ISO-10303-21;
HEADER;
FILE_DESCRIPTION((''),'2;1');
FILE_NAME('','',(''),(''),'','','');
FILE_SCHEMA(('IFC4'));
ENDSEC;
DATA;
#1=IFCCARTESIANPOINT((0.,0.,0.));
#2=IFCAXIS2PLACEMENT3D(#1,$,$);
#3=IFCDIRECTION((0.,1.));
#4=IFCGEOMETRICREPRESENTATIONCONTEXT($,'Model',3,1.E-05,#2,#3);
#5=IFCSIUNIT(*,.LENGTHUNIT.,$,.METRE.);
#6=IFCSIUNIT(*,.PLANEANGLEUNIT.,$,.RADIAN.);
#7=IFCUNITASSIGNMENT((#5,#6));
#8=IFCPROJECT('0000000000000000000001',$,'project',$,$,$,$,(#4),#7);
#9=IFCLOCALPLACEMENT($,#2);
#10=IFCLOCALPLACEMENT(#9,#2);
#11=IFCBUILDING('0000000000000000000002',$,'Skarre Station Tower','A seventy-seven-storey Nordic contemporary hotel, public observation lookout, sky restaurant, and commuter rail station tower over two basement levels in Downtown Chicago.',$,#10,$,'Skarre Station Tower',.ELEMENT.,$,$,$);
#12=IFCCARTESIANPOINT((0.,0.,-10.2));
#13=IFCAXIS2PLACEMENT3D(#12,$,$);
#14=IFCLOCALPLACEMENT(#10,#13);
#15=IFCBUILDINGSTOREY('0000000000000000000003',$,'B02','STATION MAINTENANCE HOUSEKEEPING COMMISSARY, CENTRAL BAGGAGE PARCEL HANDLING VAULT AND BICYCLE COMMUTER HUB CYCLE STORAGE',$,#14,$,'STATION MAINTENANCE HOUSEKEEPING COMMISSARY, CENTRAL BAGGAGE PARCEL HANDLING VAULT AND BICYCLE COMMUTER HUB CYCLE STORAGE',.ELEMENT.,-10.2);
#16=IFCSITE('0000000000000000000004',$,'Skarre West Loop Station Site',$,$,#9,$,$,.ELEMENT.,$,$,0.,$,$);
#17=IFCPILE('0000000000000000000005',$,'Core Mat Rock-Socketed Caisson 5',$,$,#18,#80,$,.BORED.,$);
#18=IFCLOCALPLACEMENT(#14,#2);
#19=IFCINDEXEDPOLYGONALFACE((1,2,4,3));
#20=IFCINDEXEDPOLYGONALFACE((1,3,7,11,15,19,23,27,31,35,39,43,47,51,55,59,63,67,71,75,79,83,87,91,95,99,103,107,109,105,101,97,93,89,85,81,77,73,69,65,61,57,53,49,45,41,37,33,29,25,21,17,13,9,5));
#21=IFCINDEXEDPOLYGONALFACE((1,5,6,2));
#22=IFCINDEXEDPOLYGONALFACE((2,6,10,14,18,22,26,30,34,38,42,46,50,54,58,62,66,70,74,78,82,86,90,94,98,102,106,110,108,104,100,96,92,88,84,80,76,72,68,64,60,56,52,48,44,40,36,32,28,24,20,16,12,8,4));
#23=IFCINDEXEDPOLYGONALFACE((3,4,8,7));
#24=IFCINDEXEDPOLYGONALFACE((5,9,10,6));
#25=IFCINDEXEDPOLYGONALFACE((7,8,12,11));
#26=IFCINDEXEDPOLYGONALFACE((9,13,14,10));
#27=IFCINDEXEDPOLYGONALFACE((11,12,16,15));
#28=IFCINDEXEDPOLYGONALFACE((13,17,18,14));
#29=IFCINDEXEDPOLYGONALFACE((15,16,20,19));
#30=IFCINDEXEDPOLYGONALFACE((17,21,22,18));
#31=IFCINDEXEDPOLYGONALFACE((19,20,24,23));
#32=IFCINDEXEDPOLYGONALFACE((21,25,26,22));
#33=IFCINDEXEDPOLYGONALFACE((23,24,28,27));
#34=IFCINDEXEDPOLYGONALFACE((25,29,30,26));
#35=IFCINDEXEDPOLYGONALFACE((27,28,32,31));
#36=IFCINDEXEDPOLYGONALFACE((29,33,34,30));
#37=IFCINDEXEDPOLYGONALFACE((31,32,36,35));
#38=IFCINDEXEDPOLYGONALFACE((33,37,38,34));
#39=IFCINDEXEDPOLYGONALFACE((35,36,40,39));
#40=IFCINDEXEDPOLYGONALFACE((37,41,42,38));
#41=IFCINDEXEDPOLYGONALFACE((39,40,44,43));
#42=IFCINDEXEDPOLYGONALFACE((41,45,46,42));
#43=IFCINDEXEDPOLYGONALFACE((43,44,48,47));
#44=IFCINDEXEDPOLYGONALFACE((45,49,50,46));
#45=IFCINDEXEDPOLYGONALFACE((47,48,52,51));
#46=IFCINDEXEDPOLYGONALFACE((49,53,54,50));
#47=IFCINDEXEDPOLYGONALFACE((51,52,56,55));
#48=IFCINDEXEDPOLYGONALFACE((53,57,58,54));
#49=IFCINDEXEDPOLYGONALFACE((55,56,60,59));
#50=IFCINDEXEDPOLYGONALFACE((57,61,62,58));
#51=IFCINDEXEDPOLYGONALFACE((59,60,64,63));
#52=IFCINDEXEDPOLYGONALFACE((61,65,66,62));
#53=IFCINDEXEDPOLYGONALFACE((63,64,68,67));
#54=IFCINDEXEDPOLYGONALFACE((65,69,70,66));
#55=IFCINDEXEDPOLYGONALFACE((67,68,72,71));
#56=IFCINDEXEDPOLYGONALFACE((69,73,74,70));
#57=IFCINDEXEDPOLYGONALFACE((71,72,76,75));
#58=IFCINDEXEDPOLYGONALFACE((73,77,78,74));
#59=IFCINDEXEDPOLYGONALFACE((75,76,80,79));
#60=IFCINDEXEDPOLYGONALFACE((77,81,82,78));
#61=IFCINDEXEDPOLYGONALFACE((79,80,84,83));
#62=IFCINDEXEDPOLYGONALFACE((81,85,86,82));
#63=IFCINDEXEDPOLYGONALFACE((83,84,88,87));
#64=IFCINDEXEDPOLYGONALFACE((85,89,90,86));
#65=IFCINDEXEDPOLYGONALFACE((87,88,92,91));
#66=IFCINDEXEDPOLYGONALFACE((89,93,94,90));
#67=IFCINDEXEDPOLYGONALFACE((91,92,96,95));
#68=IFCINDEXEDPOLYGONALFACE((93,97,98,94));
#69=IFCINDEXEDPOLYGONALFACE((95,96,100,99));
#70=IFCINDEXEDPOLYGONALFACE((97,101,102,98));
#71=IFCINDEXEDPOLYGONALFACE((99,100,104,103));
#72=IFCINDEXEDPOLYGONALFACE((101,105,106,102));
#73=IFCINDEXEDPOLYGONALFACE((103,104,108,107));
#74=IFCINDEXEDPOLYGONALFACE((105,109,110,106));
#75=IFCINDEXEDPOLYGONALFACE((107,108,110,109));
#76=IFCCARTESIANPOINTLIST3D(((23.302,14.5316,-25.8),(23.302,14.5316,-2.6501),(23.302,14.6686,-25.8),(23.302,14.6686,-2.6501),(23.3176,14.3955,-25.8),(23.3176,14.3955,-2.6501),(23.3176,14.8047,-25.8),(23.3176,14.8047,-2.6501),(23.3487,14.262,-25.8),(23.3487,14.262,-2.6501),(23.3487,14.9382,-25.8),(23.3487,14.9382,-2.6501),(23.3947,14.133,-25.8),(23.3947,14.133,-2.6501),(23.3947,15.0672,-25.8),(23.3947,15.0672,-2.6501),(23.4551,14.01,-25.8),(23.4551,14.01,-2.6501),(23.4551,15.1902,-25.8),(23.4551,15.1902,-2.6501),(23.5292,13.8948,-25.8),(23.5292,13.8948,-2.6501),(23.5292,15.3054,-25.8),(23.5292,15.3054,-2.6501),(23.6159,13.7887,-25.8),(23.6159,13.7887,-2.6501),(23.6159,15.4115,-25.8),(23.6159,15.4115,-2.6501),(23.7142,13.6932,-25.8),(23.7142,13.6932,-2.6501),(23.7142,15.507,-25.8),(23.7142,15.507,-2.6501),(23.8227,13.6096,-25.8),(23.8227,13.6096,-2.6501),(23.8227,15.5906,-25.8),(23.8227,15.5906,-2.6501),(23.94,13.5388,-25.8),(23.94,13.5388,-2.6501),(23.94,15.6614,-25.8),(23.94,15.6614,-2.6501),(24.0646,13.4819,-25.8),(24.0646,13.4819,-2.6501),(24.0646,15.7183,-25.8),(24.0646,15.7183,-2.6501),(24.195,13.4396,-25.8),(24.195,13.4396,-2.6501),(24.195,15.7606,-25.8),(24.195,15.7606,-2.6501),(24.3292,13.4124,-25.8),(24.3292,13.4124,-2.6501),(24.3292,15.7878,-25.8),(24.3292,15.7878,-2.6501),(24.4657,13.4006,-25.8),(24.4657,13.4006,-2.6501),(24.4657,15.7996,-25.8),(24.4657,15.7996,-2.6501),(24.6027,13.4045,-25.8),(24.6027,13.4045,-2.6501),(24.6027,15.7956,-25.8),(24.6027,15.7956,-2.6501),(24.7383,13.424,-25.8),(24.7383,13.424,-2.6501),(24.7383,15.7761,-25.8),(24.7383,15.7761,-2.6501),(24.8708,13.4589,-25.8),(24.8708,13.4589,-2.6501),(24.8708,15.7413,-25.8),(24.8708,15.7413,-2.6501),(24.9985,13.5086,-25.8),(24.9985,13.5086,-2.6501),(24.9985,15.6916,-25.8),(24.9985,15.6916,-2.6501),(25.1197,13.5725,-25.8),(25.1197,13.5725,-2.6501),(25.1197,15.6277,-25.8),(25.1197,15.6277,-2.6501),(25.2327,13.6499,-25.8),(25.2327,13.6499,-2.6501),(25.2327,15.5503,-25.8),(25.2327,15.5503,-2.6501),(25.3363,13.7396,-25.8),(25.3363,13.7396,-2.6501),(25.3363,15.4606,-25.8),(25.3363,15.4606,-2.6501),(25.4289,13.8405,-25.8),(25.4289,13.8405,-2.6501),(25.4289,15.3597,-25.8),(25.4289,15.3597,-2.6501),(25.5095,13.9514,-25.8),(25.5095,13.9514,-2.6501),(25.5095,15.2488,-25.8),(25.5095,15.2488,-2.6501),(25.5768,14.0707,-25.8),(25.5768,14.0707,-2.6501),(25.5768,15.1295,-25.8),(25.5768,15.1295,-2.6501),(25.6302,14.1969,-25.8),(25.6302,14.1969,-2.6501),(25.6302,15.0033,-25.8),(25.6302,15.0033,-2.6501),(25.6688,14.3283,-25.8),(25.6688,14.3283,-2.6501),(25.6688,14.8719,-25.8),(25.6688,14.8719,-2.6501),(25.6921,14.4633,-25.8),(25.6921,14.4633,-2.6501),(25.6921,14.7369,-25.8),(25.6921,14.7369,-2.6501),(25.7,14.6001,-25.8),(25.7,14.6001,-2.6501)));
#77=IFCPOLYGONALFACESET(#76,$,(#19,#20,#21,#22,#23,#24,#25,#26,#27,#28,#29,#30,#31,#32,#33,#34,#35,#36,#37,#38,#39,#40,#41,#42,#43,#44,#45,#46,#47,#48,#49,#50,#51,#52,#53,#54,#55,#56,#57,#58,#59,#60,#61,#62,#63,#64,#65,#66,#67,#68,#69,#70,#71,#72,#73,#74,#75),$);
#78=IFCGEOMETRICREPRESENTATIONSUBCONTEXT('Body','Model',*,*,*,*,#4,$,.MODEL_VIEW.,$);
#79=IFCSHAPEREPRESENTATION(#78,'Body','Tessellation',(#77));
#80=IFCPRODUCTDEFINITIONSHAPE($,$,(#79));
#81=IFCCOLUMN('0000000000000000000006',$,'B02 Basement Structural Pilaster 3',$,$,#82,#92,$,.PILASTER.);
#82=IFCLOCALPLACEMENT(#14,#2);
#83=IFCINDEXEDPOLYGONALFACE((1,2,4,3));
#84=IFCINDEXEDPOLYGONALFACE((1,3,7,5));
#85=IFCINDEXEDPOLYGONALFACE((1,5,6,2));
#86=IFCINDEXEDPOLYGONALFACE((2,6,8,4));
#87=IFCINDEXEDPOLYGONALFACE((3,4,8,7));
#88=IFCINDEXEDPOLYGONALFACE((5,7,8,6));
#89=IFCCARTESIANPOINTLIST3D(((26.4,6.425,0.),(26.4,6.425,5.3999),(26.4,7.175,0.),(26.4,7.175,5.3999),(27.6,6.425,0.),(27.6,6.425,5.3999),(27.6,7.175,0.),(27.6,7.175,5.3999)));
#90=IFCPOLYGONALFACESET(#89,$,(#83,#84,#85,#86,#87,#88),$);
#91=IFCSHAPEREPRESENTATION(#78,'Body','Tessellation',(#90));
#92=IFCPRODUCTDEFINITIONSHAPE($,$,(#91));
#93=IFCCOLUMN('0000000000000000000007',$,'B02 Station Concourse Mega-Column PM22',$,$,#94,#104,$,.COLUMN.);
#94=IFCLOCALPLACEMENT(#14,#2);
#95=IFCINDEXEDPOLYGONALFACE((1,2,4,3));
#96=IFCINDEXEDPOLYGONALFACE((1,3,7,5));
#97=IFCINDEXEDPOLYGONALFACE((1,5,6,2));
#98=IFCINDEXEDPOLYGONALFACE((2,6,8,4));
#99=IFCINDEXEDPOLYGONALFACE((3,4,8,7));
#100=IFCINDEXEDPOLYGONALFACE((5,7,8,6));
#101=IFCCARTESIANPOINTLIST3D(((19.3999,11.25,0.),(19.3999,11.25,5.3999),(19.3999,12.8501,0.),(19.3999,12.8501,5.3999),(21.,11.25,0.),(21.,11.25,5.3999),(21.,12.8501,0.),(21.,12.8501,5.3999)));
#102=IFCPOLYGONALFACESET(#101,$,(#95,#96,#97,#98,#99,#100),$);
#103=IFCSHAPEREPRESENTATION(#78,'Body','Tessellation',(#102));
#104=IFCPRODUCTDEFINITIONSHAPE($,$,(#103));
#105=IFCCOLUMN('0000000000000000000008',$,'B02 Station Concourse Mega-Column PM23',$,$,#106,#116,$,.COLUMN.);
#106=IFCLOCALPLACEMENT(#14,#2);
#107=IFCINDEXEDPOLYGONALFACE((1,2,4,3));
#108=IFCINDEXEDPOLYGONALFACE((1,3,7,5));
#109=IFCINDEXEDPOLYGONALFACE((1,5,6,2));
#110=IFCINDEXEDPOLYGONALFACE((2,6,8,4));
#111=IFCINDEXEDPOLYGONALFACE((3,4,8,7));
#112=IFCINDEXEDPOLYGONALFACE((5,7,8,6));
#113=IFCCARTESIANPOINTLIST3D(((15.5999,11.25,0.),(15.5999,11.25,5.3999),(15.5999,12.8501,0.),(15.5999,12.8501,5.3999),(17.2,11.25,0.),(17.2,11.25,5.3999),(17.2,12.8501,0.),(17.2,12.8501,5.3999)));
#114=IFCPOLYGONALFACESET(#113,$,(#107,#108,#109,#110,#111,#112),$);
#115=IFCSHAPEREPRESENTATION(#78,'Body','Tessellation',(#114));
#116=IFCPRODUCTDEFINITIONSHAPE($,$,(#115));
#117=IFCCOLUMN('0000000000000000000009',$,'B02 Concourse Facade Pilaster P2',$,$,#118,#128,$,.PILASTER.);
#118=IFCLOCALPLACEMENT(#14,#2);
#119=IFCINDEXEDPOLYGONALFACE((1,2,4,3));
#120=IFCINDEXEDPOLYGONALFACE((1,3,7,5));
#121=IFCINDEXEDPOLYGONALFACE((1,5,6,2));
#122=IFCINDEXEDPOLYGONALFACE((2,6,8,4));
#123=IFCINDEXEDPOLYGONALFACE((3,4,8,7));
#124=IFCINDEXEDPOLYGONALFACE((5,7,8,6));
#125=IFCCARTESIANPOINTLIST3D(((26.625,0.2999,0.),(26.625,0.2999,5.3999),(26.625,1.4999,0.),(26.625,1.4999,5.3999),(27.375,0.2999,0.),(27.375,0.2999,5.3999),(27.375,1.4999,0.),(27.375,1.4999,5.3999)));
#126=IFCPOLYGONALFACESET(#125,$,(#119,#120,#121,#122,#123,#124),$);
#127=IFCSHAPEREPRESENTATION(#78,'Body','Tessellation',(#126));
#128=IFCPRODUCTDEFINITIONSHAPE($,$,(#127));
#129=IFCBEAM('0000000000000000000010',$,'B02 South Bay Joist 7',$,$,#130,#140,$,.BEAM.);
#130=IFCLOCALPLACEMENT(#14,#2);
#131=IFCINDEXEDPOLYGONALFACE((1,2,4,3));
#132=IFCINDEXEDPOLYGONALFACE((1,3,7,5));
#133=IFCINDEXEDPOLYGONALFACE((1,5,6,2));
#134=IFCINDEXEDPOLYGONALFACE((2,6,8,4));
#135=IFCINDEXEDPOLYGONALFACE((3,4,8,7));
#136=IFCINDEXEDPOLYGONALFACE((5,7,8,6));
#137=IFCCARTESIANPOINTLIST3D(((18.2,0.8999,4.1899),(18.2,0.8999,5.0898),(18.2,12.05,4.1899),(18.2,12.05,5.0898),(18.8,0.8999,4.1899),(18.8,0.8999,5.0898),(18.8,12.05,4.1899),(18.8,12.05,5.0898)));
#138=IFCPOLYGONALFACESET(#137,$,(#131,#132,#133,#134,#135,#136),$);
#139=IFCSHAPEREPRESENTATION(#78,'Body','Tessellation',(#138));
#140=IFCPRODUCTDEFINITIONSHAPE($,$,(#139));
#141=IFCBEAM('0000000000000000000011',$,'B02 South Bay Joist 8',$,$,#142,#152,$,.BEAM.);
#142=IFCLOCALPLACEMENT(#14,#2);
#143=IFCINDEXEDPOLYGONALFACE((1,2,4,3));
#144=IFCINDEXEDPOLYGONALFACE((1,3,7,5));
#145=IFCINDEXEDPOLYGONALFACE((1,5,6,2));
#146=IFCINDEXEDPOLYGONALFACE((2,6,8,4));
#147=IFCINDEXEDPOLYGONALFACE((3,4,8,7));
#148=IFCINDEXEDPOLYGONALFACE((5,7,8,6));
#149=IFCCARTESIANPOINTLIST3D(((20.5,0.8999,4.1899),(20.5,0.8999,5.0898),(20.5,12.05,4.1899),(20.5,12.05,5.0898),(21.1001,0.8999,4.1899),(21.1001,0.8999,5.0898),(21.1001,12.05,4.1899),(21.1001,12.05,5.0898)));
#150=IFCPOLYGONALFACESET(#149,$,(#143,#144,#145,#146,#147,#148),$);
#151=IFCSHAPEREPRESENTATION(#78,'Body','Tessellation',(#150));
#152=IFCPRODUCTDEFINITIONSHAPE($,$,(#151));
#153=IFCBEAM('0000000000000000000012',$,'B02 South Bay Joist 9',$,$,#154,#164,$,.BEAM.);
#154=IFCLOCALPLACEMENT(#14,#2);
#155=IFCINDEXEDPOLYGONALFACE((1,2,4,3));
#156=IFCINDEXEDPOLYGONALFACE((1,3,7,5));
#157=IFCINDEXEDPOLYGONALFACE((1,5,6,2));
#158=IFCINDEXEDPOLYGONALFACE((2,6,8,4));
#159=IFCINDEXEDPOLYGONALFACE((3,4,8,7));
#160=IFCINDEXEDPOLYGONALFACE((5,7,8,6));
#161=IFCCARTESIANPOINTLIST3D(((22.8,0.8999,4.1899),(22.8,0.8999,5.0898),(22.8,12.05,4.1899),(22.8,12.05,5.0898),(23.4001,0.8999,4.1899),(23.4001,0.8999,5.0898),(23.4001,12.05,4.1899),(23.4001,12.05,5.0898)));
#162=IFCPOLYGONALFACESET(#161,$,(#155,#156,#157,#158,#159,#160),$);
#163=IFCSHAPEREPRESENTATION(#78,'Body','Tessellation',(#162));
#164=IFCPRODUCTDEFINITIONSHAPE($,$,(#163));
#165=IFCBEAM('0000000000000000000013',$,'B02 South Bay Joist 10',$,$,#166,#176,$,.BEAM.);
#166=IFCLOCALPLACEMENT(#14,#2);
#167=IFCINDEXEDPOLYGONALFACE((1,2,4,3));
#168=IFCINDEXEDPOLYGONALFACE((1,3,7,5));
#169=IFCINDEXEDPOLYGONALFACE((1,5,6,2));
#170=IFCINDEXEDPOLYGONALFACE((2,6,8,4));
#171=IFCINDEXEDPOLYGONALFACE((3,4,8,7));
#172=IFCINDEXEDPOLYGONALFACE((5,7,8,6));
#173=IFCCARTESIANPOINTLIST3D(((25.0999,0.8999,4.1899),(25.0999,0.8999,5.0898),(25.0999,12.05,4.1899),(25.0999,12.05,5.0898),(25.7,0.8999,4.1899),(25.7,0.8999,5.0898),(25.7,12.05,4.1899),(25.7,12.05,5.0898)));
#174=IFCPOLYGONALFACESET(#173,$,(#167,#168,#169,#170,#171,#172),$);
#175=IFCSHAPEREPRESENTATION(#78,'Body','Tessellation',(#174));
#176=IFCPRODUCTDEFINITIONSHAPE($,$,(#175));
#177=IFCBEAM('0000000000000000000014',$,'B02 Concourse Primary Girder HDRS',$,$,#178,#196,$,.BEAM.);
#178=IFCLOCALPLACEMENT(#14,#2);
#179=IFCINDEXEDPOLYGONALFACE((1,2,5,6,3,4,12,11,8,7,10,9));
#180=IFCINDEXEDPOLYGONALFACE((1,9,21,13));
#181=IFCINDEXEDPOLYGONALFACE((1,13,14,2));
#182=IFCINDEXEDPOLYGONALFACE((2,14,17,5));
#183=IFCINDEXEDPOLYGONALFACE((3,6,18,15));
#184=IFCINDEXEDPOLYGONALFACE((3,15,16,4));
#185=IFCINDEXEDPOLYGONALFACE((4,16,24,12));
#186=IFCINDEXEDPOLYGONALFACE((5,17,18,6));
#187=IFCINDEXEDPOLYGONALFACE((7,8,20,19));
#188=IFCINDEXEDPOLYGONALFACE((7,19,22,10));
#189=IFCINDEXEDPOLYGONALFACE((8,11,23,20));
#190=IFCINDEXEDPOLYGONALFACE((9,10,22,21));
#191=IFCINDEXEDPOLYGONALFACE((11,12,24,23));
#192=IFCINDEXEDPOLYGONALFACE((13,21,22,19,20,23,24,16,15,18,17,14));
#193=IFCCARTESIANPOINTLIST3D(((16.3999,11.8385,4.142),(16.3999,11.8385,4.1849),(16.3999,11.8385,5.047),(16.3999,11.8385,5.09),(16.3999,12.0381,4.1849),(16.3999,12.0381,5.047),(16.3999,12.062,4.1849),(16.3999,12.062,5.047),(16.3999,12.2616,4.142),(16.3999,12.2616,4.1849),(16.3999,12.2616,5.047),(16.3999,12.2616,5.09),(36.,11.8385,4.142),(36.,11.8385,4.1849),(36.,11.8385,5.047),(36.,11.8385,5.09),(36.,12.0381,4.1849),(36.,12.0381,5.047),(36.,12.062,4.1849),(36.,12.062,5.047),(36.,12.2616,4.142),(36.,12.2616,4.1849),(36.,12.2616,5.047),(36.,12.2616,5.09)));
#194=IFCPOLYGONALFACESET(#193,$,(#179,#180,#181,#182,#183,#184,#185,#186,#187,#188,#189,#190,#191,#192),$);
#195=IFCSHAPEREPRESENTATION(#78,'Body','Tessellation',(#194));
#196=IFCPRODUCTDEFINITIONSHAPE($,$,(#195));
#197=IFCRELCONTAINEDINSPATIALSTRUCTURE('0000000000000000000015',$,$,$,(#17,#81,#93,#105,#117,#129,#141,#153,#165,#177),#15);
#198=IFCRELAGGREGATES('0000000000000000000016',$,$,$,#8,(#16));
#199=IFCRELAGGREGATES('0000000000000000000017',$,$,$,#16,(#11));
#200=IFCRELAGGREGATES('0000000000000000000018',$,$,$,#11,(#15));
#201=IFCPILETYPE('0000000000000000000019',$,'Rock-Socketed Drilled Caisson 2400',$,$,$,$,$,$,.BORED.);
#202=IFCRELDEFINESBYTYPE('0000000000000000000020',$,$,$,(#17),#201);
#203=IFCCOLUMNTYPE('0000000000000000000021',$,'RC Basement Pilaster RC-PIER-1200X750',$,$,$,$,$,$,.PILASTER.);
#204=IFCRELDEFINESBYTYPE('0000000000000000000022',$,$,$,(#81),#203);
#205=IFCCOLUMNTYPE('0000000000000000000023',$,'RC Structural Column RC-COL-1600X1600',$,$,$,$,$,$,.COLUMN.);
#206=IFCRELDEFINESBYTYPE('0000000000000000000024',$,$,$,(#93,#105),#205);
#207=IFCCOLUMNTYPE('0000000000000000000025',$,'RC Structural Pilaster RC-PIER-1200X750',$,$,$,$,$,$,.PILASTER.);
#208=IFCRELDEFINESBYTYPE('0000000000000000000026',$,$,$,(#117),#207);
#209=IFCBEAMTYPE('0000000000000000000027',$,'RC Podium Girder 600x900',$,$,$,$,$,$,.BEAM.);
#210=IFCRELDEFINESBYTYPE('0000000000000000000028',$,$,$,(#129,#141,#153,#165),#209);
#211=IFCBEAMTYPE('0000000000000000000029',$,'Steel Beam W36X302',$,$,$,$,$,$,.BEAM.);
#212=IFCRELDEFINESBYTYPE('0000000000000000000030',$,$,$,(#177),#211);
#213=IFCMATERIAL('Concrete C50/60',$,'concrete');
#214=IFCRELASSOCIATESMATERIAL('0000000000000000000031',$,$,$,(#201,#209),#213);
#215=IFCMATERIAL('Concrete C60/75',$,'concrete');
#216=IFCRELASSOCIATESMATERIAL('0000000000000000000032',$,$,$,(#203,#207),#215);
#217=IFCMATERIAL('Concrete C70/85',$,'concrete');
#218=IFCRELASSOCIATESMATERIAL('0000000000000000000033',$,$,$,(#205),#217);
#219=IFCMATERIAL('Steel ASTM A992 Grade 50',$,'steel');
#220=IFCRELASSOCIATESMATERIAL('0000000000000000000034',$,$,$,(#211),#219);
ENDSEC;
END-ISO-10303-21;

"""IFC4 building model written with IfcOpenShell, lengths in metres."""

from ifc_helpers import new_model, si_unit, direction, frame, origin, origin_2d, place, context, subcontext, project, spatial, rectangle, circle, i_section, extrude, material, material_profile, profile_set, type_object, element, save


model = new_model("IFC4")

# Units and contexts
model_context = context("Model", 3, precision=1e-05, world=origin(), true_north=direction((0.0, 1.0)))
body_context = subcontext(model_context, "Body", "Model", "MODEL_VIEW")
ifc_project = project(units=[si_unit("LENGTHUNIT", "METRE"), si_unit("PLANEANGLEUNIT", "RADIAN")], contexts=[model_context])

# Site, building, storey
site_placement = place(None, origin())
site = spatial("IfcSite", under=ifc_project, at=site_placement, Name="Skarre West Loop Station Site", CompositionType="ELEMENT", RefElevation=0.0)
building_placement = place(site_placement, origin())
building = spatial("IfcBuilding", under=site, at=building_placement, Name="Skarre Station Tower", Description="A seventy-seven-storey Nordic contemporary hotel, public observation lookout, sky restaurant, and commuter rail station tower over two basement levels in Downtown Chicago.", LongName="Skarre Station Tower", CompositionType="ELEMENT")
storey_placement = place(building_placement, frame((0.0, 0.0, -10.2)))
storey = spatial("IfcBuildingStorey", under=building, at=storey_placement, Name="B02", Description="STATION MAINTENANCE HOUSEKEEPING COMMISSARY, CENTRAL BAGGAGE PARCEL HANDLING VAULT AND BICYCLE COMMUTER HUB CYCLE STORAGE", LongName="STATION MAINTENANCE HOUSEKEEPING COMMISSARY, CENTRAL BAGGAGE PARCEL HANDLING VAULT AND BICYCLE COMMUTER HUB CYCLE STORAGE", CompositionType="ELEMENT", Elevation=-10.2)

# Shared definitions
ifc_material_1 = material(Name="Concrete C50/60", Category="concrete")

# Pile
ifc_material_profile_1 = material_profile(ifc_material_1, circle(Radius=1.2, at=origin_2d()), Name="Concrete C50/60")
ifc_profile_set_1 = profile_set([ifc_material_profile_1], Name="Concrete C50/60")
pile_type_1 = type_object("IfcPileType", Name="Rock-Socketed Drilled Caisson 2400", PredefinedType="BORED", material=ifc_profile_set_1)
for number, where, z_axis, x_axis, name in (
    (1, (24.5, 14.6001, -2.6501), (0.0, 0.0, -1.0), (1.0, 0.0, 0.0), "Core Mat Rock-Socketed Caisson 5"),
):
    element("IfcPile", number, at=place(storey_placement, frame(where, z_axis=z_axis, x_axis=x_axis)), inside=storey, type_object=pile_type_1, Name=name, PredefinedType="BORED", context=body_context, shape_type="SweptSolid", body=[
        extrude(circle(Radius=1.2, at=origin_2d()), origin(), (0.0, 0.0, 1.0), 23.1499),
    ])

# Columns
ifc_material_2 = material(Name="Concrete C60/75", Category="concrete")
ifc_material_profile_2 = material_profile(ifc_material_2, rectangle(XDim=0.75, YDim=1.2, at=origin_2d()), Name="Concrete C60/75")
ifc_profile_set_2 = profile_set([ifc_material_profile_2], Name="Concrete C60/75")
column_type_1 = type_object("IfcColumnType", Name="RC Basement Pilaster RC-PIER-1200X750", PredefinedType="PILASTER", material=ifc_profile_set_2)
column_1_placement = place(storey_placement, frame((27.0, 6.8, 0.0), z_axis=(0.0, 0.0, 1.0), x_axis=(0.0, 1.0, 0.0)))
element("IfcColumn", 2, at=column_1_placement, inside=storey, type_object=column_type_1, Name="B02 Basement Structural Pilaster 3", PredefinedType="PILASTER", context=body_context, shape_type="SweptSolid", body=[
    extrude(rectangle(XDim=0.75, YDim=1.2, at=origin_2d()), origin(), (0.0, 0.0, 1.0), 5.3999),
])
ifc_material_3 = material(Name="Concrete C70/85", Category="concrete")
ifc_material_profile_3 = material_profile(ifc_material_3, rectangle(XDim=1.6001, YDim=1.6001, at=origin_2d()), Name="Concrete C70/85")
ifc_profile_set_3 = profile_set([ifc_material_profile_3], Name="Concrete C70/85")
column_type_2 = type_object("IfcColumnType", Name="RC Structural Column RC-COL-1600X1600", PredefinedType="COLUMN", material=ifc_profile_set_3)
for number, where, z_axis, x_axis, name in (
    (3, (20.2, 12.05, 0.0), (0.0, 0.0, 1.0), (1.0, 0.0, 0.0), "B02 Station Concourse Mega-Column PM22"),
    (4, (16.3999, 12.05, 0.0), (0.0, 0.0, 1.0), (1.0, 0.0, 0.0), "B02 Station Concourse Mega-Column PM23"),
):
    element("IfcColumn", number, at=place(storey_placement, frame(where, z_axis=z_axis, x_axis=x_axis)), inside=storey, type_object=column_type_2, Name=name, PredefinedType="COLUMN", context=body_context, shape_type="SweptSolid", body=[
        extrude(rectangle(XDim=1.6001, YDim=1.6001, at=origin_2d()), origin(), (0.0, 0.0, 1.0), 5.3999),
    ])
ifc_material_profile_4 = material_profile(ifc_material_2, rectangle(XDim=0.75, YDim=1.2, at=origin_2d()), Name="Concrete C60/75")
ifc_profile_set_4 = profile_set([ifc_material_profile_4], Name="Concrete C60/75")
column_type_3 = type_object("IfcColumnType", Name="RC Structural Pilaster RC-PIER-1200X750", PredefinedType="PILASTER", material=ifc_profile_set_4)
column_2_placement = place(storey_placement, frame((27.0, 0.8999, 0.0), z_axis=(0.0, 0.0, 1.0), x_axis=(1.0, 0.0, 0.0)))
element("IfcColumn", 5, at=column_2_placement, inside=storey, type_object=column_type_3, Name="B02 Concourse Facade Pilaster P2", PredefinedType="PILASTER", context=body_context, shape_type="SweptSolid", body=[
    extrude(rectangle(XDim=0.75, YDim=1.2, at=origin_2d()), origin(), (0.0, 0.0, 1.0), 5.3999),
])

# Beams
ifc_material_profile_5 = material_profile(ifc_material_1, rectangle(XDim=0.6001, YDim=0.8999, at=origin_2d()), Name="Concrete C50/60")
ifc_profile_set_5 = profile_set([ifc_material_profile_5], Name="Concrete C50/60")
beam_type_1 = type_object("IfcBeamType", Name="RC Podium Girder 600x900", PredefinedType="BEAM", material=ifc_profile_set_5)
for number, where, z_axis, x_axis, name in (
    (6, (18.5, 0.8999, 4.6399), (0.0, 1.0, 0.0), (-1.0, 0.0, 0.0), "B02 South Bay Joist 7"),
    (7, (20.8, 0.8999, 4.6399), (0.0, 1.0, 0.0), (-1.0, 0.0, 0.0), "B02 South Bay Joist 8"),
    (8, (23.1001, 0.8999, 4.6399), (0.0, 1.0, 0.0), (-1.0, 0.0, 0.0), "B02 South Bay Joist 9"),
    (9, (25.3999, 0.8999, 4.6399), (0.0, 1.0, 0.0), (-1.0, 0.0, 0.0), "B02 South Bay Joist 10"),
):
    element("IfcBeam", number, at=place(storey_placement, frame(where, z_axis=z_axis, x_axis=x_axis)), inside=storey, type_object=beam_type_1, Name=name, PredefinedType="BEAM", context=body_context, shape_type="SweptSolid", body=[
        extrude(rectangle(XDim=0.6001, YDim=0.8999, at=origin_2d()), origin(), (0.0, 0.0, 1.0), 11.1501),
    ])
ifc_material_4 = material(Name="Steel ASTM A992 Grade 50", Category="steel")
ifc_material_profile_6 = material_profile(ifc_material_4, i_section(OverallWidth=0.4231, OverallDepth=0.948, WebThickness=0.0239, FlangeThickness=0.043, at=origin_2d()), Name="Steel ASTM A992 Grade 50")
ifc_profile_set_6 = profile_set([ifc_material_profile_6], Name="Steel ASTM A992 Grade 50")
beam_type_2 = type_object("IfcBeamType", Name="Steel Beam W36X302", PredefinedType="BEAM", material=ifc_profile_set_6)
beam_placement = place(storey_placement, frame((16.3999, 12.05, 4.616), z_axis=(1.0, 0.0, 0.0), x_axis=(0.0, 1.0, 0.0)))
element("IfcBeam", 10, at=beam_placement, inside=storey, type_object=beam_type_2, Name="B02 Concourse Primary Girder HDRS", PredefinedType="BEAM", context=body_context, shape_type="SweptSolid", body=[
    extrude(i_section(OverallWidth=0.4231, OverallDepth=0.948, WebThickness=0.0239, FlangeThickness=0.043, at=origin_2d()), origin(), (0.0, 0.0, 1.0), 19.6001),
])

save(model, "model.ifc")
